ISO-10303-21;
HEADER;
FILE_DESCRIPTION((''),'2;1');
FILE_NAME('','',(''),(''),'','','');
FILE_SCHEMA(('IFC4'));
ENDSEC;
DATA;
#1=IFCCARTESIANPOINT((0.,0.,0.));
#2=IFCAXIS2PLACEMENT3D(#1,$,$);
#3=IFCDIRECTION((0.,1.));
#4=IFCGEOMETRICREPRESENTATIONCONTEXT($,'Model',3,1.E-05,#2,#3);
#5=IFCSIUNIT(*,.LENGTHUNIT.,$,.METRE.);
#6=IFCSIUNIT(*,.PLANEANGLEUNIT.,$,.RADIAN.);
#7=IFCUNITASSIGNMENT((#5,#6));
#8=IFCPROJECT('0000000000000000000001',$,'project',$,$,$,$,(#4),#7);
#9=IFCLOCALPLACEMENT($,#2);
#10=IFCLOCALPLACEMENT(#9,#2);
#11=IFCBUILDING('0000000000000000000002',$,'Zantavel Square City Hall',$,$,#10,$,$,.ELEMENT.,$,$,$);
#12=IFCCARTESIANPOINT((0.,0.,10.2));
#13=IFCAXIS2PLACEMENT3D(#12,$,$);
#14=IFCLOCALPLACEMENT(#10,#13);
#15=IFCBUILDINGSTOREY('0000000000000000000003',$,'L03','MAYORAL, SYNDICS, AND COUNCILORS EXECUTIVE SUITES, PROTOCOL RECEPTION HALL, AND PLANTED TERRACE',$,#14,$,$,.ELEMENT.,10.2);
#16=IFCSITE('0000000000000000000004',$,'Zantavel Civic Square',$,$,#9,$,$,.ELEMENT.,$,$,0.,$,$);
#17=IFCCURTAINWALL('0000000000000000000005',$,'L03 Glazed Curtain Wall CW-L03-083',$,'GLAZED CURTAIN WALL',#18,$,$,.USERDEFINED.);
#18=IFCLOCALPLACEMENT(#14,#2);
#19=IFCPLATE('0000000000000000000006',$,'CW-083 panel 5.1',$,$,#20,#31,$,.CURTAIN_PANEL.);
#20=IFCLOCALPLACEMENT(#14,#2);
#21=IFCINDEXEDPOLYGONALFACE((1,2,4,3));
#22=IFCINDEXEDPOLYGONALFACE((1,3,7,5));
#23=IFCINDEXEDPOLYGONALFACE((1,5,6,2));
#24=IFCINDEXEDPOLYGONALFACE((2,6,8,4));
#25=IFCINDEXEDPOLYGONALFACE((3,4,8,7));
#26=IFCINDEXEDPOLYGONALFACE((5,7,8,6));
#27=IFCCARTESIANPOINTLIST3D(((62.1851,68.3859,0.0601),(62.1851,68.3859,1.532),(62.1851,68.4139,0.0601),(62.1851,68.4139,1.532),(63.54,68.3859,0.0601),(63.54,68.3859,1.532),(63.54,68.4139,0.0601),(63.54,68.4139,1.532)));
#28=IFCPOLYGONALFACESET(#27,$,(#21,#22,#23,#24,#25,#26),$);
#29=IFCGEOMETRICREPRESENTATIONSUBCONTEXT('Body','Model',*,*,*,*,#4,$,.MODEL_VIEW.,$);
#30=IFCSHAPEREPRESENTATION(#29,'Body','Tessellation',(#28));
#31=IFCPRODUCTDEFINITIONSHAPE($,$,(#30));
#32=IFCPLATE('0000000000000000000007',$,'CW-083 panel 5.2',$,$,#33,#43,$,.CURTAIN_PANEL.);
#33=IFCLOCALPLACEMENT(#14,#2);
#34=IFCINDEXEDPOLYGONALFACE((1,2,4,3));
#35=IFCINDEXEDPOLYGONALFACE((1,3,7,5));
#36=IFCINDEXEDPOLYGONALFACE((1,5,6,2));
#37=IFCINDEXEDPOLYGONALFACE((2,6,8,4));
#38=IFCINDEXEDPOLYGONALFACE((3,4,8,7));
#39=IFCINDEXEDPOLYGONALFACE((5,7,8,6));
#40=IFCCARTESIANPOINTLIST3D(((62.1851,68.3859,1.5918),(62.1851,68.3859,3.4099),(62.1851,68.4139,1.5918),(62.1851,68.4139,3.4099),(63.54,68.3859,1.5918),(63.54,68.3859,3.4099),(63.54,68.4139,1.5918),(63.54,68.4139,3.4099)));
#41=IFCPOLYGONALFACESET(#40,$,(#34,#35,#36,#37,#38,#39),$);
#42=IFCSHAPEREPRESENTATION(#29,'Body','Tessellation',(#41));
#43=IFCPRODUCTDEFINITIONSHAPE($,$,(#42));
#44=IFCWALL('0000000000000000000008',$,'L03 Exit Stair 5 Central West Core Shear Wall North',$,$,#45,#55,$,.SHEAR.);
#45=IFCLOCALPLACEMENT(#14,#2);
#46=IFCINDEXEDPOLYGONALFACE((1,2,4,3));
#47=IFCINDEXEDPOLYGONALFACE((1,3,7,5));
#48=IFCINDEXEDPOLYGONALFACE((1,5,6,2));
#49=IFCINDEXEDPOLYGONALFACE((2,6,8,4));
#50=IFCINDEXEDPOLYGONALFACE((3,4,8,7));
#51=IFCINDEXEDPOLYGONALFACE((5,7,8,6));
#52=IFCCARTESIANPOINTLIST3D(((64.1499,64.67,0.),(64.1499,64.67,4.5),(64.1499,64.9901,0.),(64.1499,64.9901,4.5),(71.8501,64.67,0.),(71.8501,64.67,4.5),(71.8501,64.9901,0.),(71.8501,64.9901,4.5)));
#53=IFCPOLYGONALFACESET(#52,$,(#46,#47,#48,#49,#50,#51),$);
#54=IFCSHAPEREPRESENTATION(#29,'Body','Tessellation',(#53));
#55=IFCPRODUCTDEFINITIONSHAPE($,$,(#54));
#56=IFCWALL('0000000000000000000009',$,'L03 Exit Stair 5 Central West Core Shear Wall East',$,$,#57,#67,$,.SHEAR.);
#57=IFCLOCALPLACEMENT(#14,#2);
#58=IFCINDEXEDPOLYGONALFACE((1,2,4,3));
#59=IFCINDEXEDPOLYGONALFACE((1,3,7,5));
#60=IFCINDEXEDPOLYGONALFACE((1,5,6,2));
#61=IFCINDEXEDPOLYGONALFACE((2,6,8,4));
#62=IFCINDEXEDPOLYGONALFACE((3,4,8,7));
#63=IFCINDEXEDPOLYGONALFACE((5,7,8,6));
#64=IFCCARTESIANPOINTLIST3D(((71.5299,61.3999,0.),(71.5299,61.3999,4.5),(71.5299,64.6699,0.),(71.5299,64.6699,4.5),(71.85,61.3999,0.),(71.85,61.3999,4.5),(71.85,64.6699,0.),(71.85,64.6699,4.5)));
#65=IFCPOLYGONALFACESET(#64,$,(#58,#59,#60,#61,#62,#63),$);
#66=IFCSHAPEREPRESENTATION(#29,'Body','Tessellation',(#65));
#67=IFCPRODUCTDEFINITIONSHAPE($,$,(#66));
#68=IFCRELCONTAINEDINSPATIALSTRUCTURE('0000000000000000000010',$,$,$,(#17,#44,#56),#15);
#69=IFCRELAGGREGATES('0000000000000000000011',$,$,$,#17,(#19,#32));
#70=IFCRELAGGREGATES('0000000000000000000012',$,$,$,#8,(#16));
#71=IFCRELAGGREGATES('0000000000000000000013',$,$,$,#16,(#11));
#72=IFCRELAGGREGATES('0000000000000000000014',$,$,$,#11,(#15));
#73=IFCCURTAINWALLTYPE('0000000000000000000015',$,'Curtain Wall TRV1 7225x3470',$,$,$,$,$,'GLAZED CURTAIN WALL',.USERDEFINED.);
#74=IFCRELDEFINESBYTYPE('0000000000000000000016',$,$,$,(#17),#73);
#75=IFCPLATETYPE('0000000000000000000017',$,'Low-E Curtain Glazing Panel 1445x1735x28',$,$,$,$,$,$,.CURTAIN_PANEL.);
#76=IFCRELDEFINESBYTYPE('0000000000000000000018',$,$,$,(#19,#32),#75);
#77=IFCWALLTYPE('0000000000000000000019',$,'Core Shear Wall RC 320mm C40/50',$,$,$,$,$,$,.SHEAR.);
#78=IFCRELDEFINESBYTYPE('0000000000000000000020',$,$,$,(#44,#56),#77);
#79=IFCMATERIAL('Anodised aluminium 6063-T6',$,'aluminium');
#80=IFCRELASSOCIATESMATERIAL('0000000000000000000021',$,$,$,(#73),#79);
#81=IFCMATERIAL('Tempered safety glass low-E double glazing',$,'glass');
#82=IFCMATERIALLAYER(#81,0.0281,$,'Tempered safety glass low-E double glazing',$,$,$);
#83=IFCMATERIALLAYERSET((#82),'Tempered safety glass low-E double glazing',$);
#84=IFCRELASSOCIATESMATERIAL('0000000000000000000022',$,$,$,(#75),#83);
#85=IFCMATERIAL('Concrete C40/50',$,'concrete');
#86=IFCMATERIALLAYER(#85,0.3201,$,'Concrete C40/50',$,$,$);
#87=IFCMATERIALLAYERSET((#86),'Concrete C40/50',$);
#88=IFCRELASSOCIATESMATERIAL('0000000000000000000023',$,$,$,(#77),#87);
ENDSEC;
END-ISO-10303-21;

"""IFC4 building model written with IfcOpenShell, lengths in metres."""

from ifc_helpers import new_model, si_unit, direction, frame, frame_2d, origin, origin_2d, place, context, subcontext, project, spatial, rectangle, extrude, material, layer, layer_set, type_object, element, aggregate, save


model = new_model("IFC4")

# Units and contexts
model_context = context("Model", 3, precision=1e-05, world=origin(), true_north=direction((0.0, 1.0)))
body_context = subcontext(model_context, "Body", "Model", "MODEL_VIEW")
ifc_project = project(units=[si_unit("LENGTHUNIT", "METRE"), si_unit("PLANEANGLEUNIT", "RADIAN")], contexts=[model_context])

# Site, building, storey
site_placement = place(None, origin())
site = spatial("IfcSite", under=ifc_project, at=site_placement, Name="Zantavel Civic Square", CompositionType="ELEMENT", RefElevation=0.0)
building_placement = place(site_placement, origin())
building = spatial("IfcBuilding", under=site, at=building_placement, Name="Zantavel Square City Hall", CompositionType="ELEMENT")
storey_placement = place(building_placement, frame((0.0, 0.0, 10.2)))
storey = spatial("IfcBuildingStorey", under=building, at=storey_placement, Name="L03", Description="MAYORAL, SYNDICS, AND COUNCILORS EXECUTIVE SUITES, PROTOCOL RECEPTION HALL, AND PLANTED TERRACE", CompositionType="ELEMENT", Elevation=10.2)

# Shared definitions
ifc_material_1 = material(Name="Concrete C40/50", Category="concrete")

# Curtain wall
ifc_material_2 = material(Name="Anodised aluminium 6063-T6", Category="aluminium")
curtain_wall_type_1 = type_object("IfcCurtainWallType", Name="Curtain Wall TRV1 7225x3470", ElementType="GLAZED CURTAIN WALL", PredefinedType="USERDEFINED", material=ifc_material_2)
curtain_wall_1_placement = place(storey_placement, origin())
curtain_wall_1 = element("IfcCurtainWall", 1, at=curtain_wall_1_placement, inside=storey, type_object=curtain_wall_type_1, Name="L03 Glazed Curtain Wall CW-L03-083", ObjectType="GLAZED CURTAIN WALL", PredefinedType="USERDEFINED")

# Plates
ifc_material_3 = material(Name="Tempered safety glass low-E double glazing", Category="glass")
ifc_layer_1 = layer(ifc_material_3, 0.0281, Name="Tempered safety glass low-E double glazing")
ifc_layer_set_1 = layer_set([ifc_layer_1], Name="Tempered safety glass low-E double glazing")
plate_type = type_object("IfcPlateType", Name="Low-E Curtain Glazing Panel 1445x1735x28", PredefinedType="CURTAIN_PANEL", material=ifc_layer_set_1)
plate_1_placement = place(storey_placement, frame((62.8625, 68.3999, 0.0601), z_axis=(0.0, 0.0, 1.0), x_axis=(1.0, 0.0, 0.0)))
plate_1 = element("IfcPlate", 2, at=plate_1_placement, type_object=plate_type, Name="CW-083 panel 5.1", PredefinedType="CURTAIN_PANEL", context=body_context, shape_type="SweptSolid", body=[
    extrude(rectangle(XDim=1.355, YDim=0.0281, at=origin_2d()), origin(), (0.0, 0.0, 1.0), 1.4719),
])
plate_2_placement = place(storey_placement, frame((62.8625, 68.3999, 1.5918), z_axis=(0.0, 0.0, 1.0), x_axis=(1.0, 0.0, 0.0)))
plate_2 = element("IfcPlate", 3, at=plate_2_placement, type_object=plate_type, Name="CW-083 panel 5.2", PredefinedType="CURTAIN_PANEL", context=body_context, shape_type="SweptSolid", body=[
    extrude(rectangle(XDim=1.355, YDim=0.0281, at=origin_2d()), origin(), (0.0, 0.0, 1.0), 1.8181),
])
aggregate(curtain_wall_1, [plate_1, plate_2])

# Walls
ifc_layer_2 = layer(ifc_material_1, 0.3201, Name="Concrete C40/50")
ifc_layer_set_2 = layer_set([ifc_layer_2], Name="Concrete C40/50")
wall_type = type_object("IfcWallType", Name="Core Shear Wall RC 320mm C40/50", PredefinedType="SHEAR", material=ifc_layer_set_2)
wall_1_placement = place(storey_placement, frame((64.1499, 64.8301, 0.0), z_axis=(0.0, 0.0, 1.0), x_axis=(1.0, 0.0, 0.0)))
element("IfcWall", 4, at=wall_1_placement, inside=storey, type_object=wall_type, Name="L03 Exit Stair 5 Central West Core Shear Wall North", PredefinedType="SHEAR", context=body_context, shape_type="SweptSolid", body=[
    extrude(rectangle(XDim=7.7002, YDim=0.3201, at=frame_2d((3.8501, 0.0))), origin(), (0.0, 0.0, 1.0), 4.5),
])
wall_2_placement = place(storey_placement, frame((71.6899, 64.6699, 0.0), z_axis=(0.0, 0.0, 1.0), x_axis=(0.0, -1.0, 0.0)))
element("IfcWall", 5, at=wall_2_placement, inside=storey, type_object=wall_type, Name="L03 Exit Stair 5 Central West Core Shear Wall East", PredefinedType="SHEAR", context=body_context, shape_type="SweptSolid", body=[
    extrude(rectangle(XDim=3.27, YDim=0.3201, at=frame_2d((1.635, 0.0))), origin(), (0.0, 0.0, 1.0), 4.5),
])

save(model, "model.ifc")
